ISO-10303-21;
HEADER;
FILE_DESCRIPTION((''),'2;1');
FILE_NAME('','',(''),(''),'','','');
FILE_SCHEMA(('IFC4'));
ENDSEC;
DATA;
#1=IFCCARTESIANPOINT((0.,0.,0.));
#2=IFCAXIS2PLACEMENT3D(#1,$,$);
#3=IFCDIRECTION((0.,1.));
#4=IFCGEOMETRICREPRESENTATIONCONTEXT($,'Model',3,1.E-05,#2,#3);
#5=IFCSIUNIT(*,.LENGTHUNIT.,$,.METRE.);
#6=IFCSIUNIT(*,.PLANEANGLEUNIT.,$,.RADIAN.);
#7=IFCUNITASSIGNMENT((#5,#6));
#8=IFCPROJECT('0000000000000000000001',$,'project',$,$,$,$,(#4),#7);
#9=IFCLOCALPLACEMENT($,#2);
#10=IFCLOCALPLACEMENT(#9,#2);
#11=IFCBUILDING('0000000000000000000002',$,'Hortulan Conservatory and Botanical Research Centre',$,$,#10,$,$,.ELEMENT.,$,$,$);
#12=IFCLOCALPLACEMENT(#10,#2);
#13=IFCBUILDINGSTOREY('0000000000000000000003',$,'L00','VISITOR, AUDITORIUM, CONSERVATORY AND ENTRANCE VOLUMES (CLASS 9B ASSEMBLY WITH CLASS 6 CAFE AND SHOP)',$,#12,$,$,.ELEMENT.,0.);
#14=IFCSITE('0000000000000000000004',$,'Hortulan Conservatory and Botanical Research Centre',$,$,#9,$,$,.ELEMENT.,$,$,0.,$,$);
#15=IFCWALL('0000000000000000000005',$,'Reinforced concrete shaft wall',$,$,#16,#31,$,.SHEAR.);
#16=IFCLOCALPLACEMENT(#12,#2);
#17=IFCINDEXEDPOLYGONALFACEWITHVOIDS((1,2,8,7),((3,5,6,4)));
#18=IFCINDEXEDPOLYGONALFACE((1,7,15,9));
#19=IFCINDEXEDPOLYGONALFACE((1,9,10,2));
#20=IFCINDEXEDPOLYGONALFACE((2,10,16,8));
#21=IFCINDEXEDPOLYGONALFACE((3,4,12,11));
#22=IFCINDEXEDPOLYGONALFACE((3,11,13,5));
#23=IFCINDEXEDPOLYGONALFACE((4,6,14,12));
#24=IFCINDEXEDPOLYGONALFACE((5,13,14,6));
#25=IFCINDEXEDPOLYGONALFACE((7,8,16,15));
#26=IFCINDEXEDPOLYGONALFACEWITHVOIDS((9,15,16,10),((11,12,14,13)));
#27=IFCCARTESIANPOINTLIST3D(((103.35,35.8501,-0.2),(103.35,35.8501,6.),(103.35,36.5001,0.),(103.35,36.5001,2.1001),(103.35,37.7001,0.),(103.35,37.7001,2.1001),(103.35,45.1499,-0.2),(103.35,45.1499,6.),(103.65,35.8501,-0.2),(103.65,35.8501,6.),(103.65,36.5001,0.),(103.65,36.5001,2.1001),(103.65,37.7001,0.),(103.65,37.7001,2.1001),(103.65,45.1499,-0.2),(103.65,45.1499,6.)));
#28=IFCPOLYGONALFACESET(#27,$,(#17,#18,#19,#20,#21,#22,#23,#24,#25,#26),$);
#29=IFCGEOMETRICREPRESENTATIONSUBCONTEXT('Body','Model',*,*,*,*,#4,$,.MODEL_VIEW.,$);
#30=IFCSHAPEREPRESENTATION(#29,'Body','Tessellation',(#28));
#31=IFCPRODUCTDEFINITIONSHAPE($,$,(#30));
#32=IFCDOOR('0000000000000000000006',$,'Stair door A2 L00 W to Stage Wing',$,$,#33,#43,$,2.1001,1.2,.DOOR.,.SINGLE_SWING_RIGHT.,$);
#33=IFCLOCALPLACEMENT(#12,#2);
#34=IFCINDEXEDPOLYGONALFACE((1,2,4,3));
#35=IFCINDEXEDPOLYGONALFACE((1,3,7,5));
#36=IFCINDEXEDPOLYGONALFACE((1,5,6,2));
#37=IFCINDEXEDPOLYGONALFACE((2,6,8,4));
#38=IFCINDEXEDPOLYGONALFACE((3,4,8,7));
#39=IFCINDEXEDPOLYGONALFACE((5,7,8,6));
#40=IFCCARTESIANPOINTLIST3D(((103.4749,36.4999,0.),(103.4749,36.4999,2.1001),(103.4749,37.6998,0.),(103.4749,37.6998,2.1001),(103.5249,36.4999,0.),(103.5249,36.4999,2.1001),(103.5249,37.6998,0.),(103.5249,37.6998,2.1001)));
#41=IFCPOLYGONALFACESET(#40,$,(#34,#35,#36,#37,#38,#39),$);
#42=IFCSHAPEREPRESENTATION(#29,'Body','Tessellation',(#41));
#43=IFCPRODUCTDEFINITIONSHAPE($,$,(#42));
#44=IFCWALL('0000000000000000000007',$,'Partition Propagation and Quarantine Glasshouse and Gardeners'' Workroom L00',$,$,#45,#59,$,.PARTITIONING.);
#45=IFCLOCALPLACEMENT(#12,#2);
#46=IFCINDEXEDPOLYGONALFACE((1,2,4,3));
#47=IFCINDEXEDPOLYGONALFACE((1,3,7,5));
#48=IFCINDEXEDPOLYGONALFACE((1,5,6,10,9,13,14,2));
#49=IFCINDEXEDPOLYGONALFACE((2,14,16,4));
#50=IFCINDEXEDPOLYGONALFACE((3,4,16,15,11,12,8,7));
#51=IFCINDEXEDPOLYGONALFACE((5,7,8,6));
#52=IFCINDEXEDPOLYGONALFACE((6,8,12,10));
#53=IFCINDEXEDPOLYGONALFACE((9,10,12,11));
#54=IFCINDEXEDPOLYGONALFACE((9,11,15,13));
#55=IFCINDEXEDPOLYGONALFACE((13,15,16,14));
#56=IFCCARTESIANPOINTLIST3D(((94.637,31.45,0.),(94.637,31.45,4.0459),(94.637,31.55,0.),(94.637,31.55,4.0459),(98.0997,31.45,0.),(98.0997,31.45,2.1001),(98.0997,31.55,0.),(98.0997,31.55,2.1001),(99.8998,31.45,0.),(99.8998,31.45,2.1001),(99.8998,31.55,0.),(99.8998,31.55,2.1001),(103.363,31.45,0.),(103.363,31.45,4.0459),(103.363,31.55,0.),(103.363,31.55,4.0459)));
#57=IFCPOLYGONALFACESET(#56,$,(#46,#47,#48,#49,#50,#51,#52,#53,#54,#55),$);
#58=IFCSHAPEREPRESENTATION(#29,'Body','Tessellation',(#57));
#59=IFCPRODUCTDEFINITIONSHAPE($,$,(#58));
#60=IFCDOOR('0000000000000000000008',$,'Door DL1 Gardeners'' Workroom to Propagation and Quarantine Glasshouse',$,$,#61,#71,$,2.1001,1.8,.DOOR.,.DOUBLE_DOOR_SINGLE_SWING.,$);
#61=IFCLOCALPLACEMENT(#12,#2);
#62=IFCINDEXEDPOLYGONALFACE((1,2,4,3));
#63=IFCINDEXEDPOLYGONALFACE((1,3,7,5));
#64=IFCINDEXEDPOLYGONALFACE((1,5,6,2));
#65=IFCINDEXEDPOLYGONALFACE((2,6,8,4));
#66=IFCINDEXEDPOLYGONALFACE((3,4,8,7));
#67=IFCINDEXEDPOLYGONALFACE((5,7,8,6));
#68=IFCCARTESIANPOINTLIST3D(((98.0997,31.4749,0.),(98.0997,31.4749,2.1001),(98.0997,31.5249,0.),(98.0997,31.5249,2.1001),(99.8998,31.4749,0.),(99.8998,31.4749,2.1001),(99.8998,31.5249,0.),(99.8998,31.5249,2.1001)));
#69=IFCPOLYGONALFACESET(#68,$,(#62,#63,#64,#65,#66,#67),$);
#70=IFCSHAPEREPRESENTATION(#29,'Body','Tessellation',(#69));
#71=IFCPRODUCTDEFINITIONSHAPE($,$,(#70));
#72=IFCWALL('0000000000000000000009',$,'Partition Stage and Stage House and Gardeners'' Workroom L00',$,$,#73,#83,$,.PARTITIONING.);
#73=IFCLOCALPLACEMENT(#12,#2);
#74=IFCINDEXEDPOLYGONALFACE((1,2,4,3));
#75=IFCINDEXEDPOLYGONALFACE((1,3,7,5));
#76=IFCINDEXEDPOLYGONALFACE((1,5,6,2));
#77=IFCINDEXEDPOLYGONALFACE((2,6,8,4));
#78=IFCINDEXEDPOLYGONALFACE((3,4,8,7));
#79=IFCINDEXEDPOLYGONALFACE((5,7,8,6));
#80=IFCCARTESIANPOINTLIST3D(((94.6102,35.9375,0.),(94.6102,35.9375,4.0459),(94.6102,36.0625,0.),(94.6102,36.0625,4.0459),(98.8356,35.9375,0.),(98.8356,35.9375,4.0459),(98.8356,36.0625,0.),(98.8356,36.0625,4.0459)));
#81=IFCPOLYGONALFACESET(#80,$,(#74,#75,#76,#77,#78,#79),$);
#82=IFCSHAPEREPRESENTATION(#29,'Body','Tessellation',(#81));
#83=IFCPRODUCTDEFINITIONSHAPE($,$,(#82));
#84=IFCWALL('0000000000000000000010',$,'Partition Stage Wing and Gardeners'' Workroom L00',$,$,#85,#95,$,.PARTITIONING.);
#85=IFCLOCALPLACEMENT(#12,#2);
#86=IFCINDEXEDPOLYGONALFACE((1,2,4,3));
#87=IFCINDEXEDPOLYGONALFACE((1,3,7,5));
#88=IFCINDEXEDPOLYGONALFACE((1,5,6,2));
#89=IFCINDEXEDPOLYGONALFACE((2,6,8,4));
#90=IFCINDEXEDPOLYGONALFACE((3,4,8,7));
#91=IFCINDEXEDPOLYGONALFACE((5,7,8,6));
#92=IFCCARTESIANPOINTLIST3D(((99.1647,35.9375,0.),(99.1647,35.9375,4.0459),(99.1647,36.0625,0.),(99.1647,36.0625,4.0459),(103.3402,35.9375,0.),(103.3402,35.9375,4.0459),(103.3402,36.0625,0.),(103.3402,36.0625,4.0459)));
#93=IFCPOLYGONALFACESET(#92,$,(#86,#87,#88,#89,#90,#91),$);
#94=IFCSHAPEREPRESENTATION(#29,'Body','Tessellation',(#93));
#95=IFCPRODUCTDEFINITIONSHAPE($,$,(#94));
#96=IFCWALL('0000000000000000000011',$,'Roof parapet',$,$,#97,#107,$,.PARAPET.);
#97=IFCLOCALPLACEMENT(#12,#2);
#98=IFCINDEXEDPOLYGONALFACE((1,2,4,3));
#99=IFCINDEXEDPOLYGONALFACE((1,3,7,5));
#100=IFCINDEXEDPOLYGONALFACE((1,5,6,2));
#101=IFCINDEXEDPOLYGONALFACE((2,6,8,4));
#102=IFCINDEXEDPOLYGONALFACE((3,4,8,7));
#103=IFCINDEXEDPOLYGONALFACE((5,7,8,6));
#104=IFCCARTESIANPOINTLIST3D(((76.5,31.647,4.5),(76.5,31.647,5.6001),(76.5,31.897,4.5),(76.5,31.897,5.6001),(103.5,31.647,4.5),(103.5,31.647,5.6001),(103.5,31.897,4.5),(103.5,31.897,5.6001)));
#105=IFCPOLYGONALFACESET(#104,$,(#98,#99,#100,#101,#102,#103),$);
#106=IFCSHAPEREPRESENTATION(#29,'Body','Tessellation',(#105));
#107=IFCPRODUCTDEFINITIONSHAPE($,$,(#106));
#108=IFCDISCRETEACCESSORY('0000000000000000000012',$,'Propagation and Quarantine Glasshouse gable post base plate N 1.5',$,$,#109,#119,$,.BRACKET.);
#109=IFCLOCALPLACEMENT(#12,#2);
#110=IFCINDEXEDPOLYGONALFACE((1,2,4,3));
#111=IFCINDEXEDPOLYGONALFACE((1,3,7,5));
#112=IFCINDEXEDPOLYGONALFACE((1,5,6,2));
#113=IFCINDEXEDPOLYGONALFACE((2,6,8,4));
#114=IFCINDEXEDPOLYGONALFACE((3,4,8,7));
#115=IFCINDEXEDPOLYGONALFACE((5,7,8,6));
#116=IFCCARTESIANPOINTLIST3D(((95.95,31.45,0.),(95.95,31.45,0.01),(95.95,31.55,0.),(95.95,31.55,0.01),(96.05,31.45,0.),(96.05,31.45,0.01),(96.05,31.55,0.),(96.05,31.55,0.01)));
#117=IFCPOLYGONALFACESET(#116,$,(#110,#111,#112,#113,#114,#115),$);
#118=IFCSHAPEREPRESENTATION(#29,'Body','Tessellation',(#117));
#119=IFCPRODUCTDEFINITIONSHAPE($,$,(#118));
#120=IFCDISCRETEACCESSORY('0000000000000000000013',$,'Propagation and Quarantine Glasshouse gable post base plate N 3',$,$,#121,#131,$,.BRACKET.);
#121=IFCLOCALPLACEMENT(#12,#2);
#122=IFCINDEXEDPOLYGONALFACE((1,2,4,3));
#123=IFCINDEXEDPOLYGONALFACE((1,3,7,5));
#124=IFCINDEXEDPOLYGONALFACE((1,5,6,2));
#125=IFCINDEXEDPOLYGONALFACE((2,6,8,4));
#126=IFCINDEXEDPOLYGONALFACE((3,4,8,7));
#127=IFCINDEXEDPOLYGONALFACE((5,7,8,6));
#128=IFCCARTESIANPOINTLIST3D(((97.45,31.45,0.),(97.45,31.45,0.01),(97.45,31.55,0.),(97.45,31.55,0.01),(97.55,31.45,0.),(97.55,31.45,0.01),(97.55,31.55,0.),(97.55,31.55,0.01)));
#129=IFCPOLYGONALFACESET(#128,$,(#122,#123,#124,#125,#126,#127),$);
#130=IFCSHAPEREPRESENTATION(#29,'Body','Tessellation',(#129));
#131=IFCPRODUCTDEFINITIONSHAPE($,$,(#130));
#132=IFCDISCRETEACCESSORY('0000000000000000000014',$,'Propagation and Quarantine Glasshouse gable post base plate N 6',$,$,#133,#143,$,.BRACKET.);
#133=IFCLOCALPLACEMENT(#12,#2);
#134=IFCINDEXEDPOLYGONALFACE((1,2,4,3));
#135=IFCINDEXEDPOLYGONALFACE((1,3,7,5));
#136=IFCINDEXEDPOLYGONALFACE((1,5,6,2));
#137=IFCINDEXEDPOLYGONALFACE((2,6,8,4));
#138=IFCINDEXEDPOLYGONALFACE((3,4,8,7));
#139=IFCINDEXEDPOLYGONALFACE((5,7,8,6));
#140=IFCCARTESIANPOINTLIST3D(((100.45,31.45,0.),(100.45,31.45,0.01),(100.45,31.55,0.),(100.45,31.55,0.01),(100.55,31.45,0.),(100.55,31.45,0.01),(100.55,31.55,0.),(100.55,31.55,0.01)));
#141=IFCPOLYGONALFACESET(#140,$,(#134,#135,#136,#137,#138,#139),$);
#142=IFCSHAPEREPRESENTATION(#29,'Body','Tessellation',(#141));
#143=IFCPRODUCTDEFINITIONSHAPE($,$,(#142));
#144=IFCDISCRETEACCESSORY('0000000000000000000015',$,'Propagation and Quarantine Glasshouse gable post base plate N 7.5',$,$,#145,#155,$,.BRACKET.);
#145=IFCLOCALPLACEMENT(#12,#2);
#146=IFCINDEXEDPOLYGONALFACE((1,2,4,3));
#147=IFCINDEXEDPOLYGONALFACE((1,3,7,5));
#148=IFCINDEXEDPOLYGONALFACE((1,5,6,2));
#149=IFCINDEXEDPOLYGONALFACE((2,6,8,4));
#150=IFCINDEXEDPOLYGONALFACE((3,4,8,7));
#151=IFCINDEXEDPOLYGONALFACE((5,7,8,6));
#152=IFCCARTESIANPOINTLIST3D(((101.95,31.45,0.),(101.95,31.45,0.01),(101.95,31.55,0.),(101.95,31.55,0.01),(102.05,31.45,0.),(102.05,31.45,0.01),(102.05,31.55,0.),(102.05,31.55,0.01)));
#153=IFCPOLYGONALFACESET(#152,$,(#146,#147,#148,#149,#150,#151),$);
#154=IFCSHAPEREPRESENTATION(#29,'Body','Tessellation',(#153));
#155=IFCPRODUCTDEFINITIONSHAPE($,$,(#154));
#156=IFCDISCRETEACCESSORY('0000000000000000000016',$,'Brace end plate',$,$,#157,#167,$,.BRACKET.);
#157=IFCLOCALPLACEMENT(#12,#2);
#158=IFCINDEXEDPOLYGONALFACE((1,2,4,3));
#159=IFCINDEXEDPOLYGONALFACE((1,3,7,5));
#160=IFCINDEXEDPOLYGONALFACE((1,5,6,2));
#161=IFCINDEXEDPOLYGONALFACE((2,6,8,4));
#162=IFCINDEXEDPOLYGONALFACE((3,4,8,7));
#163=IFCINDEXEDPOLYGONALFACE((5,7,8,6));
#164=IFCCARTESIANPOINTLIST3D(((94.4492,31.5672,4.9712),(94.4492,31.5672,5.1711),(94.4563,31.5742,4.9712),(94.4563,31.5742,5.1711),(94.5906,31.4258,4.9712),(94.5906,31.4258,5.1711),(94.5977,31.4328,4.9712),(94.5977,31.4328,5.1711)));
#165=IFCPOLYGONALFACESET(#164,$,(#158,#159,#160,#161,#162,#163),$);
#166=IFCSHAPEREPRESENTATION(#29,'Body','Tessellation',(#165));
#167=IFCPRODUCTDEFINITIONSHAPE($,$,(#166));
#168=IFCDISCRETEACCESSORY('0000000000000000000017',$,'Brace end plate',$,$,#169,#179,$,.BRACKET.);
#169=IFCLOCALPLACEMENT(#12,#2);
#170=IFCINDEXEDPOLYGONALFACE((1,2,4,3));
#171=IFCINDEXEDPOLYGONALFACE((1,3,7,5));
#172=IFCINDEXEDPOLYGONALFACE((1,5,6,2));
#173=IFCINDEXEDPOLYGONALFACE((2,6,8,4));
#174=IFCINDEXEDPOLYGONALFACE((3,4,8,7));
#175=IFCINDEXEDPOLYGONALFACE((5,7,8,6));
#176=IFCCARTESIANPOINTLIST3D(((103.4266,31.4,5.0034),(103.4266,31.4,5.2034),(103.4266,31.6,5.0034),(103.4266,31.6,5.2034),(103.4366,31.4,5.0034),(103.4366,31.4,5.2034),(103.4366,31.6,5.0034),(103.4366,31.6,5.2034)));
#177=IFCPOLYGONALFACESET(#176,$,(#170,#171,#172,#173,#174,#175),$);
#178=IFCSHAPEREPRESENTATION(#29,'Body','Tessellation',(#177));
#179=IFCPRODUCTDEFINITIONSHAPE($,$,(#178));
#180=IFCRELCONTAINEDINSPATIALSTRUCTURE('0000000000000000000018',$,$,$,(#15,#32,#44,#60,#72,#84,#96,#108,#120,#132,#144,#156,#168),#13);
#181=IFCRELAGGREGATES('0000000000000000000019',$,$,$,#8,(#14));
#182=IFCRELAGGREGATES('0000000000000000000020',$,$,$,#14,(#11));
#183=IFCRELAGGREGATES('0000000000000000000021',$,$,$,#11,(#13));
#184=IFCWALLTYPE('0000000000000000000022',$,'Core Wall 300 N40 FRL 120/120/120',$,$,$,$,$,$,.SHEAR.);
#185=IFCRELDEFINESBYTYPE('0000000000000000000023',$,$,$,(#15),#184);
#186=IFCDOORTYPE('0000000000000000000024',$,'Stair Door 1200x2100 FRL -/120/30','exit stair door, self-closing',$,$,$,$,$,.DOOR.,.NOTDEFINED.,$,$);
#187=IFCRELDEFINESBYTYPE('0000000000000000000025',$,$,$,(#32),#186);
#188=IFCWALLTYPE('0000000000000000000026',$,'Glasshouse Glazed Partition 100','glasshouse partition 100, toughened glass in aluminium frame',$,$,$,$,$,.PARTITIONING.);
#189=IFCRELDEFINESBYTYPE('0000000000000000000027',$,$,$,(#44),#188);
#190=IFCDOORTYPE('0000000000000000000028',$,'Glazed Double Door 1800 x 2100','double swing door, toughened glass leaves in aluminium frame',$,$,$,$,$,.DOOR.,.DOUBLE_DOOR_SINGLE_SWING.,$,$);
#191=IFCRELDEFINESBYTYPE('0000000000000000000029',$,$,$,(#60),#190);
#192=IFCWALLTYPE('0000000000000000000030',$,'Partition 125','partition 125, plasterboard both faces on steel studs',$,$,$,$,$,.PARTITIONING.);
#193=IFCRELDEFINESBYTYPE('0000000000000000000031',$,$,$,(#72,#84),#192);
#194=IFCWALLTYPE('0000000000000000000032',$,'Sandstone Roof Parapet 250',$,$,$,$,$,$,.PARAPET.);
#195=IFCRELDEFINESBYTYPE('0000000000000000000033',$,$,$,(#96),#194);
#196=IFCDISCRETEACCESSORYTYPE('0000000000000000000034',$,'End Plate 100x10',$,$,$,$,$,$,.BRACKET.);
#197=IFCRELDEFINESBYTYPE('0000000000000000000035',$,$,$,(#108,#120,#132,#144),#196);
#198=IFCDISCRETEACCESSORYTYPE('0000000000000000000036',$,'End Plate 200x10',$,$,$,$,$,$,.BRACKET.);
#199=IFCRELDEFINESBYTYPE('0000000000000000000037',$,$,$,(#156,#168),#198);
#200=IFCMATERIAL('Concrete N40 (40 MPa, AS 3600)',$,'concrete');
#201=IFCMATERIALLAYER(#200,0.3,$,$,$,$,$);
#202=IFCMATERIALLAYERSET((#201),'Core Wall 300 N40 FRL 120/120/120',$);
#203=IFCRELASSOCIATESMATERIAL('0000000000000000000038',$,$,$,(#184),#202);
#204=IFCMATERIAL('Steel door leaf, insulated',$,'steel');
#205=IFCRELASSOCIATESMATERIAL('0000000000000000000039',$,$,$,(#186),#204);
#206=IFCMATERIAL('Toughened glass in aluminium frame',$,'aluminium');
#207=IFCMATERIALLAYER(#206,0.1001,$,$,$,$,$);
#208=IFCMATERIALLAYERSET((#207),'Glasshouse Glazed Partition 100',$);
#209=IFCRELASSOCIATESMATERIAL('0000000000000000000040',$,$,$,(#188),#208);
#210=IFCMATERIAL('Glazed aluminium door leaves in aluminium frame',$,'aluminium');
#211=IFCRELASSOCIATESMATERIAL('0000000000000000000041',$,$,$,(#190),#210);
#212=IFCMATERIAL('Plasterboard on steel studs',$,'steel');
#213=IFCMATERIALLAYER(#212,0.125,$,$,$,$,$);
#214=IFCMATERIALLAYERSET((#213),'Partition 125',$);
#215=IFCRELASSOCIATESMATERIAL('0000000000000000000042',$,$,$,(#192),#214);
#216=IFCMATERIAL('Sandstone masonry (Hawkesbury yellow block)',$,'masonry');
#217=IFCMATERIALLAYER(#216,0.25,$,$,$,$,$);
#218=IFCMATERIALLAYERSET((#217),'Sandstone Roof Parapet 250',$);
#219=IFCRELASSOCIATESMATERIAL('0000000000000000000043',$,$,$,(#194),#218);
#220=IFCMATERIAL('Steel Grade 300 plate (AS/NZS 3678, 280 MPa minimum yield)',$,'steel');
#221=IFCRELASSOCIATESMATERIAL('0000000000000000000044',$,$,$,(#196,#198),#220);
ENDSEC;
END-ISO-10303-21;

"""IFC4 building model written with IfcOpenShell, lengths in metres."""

from ifc_helpers import new_model, si_unit, direction, frame, frame_2d, origin, origin_2d, place, context, subcontext, project, spatial, rectangle, extrude, material, layer, layer_set, type_object, element, fill, save


model = new_model("IFC4")

# Units and contexts
model_context = context("Model", 3, precision=1e-05, world=origin(), true_north=direction((0.0, 1.0)))
body_context = subcontext(model_context, "Body", "Model", "MODEL_VIEW")
ifc_project = project(units=[si_unit("LENGTHUNIT", "METRE"), si_unit("PLANEANGLEUNIT", "RADIAN")], contexts=[model_context])

# Site, building, storey
site_placement = place(None, origin())
site = spatial("IfcSite", under=ifc_project, at=site_placement, Name="Hortulan Conservatory and Botanical Research Centre", CompositionType="ELEMENT", RefElevation=0.0)
building_placement = place(site_placement, origin())
building = spatial("IfcBuilding", under=site, at=building_placement, Name="Hortulan Conservatory and Botanical Research Centre", CompositionType="ELEMENT")
storey_placement = place(building_placement, origin())
storey = spatial("IfcBuildingStorey", under=building, at=storey_placement, Name="L00", Description="VISITOR, AUDITORIUM, CONSERVATORY AND ENTRANCE VOLUMES (CLASS 9B ASSEMBLY WITH CLASS 6 CAFE AND SHOP)", CompositionType="ELEMENT", Elevation=0.0)

# Shared definitions
ifc_material_1 = material(Name="Concrete N40 (40 MPa, AS 3600)", Category="concrete")

# Walls, openings, doors
ifc_layer_1 = layer(ifc_material_1, 0.3)
ifc_layer_set_1 = layer_set([ifc_layer_1], Name="Core Wall 300 N40 FRL 120/120/120")
wall_type_1 = type_object("IfcWallType", Name="Core Wall 300 N40 FRL 120/120/120", PredefinedType="SHEAR", material=ifc_layer_set_1)
wall_1_placement = place(storey_placement, frame((103.5, 35.8501, -0.2), z_axis=(0.0, 0.0, 1.0), x_axis=(0.0, 1.0, 0.0)))
wall_1 = element("IfcWall", 1, at=wall_1_placement, inside=storey, type_object=wall_type_1, Name="Reinforced concrete shaft wall", PredefinedType="SHEAR", context=body_context, shape_type="SweptSolid", body=[
    extrude(rectangle(XDim=9.2998, YDim=0.3, at=frame_2d((4.6499, 0.0))), origin(), (0.0, 0.0, 1.0), 6.2),
])
opening_1_placement = place(wall_1_placement, frame((0.6499, 0.0, 0.2)))
opening_1 = element("IfcOpeningElement", 2, at=opening_1_placement, cuts=wall_1, PredefinedType="OPENING", context=body_context, shape_type="SweptSolid", body=[
    extrude(rectangle(XDim=1.2, YDim=2.1001, at=frame_2d((0.6001, 1.05))), frame((0.0, 0.1599, 0.0), z_axis=(0.0, -1.0, 0.0), x_axis=(1.0, 0.0, 0.0)), (0.0, 0.0, 1.0), 0.3201),
])
ifc_material_2 = material(Name="Steel door leaf, insulated", Category="steel")
door_type_1 = type_object("IfcDoorType", Name="Stair Door 1200x2100 FRL -/120/30", Description="exit stair door, self-closing", OperationType="NOTDEFINED", PredefinedType="DOOR", material=ifc_material_2)
door_1_placement = place(opening_1_placement, frame((1.2, 0.0, 0.0), z_axis=(0.0, 0.0, 1.0), x_axis=(-1.0, 0.0, 0.0)))
door_1 = element("IfcDoor", 3, at=door_1_placement, inside=storey, type_object=door_type_1, Name="Stair door A2 L00 W to Stage Wing", OperationType="SINGLE_SWING_RIGHT", OverallHeight=2.1001, OverallWidth=1.2, PredefinedType="DOOR", context=body_context, shape_type="SweptSolid", body=[
    extrude(rectangle(XDim=1.2, YDim=2.1001, at=frame_2d((0.6001, 1.05))), frame((0.0, 0.0249, 0.0), z_axis=(0.0, -1.0, 0.0), x_axis=(1.0, 0.0, 0.0)), (0.0, 0.0, 1.0), 0.05),
])
fill(opening_1, door_1)
ifc_material_3 = material(Name="Toughened glass in aluminium frame", Category="aluminium")
ifc_layer_2 = layer(ifc_material_3, 0.1001)
ifc_layer_set_2 = layer_set([ifc_layer_2], Name="Glasshouse Glazed Partition 100")
wall_type_2 = type_object("IfcWallType", Name="Glasshouse Glazed Partition 100", Description="glasshouse partition 100, toughened glass in aluminium frame", PredefinedType="PARTITIONING", material=ifc_layer_set_2)
wall_2_placement = place(storey_placement, frame((94.637, 31.5, 0.0), z_axis=(0.0, 0.0, 1.0), x_axis=(1.0, 0.0, 0.0)))
wall_2 = element("IfcWall", 4, at=wall_2_placement, inside=storey, type_object=wall_type_2, Name="Partition Propagation and Quarantine Glasshouse and Gardeners' Workroom L00", PredefinedType="PARTITIONING", context=body_context, shape_type="SweptSolid", body=[
    extrude(rectangle(XDim=8.7261, YDim=0.1001, at=frame_2d((4.363, 0.0))), origin(), (0.0, 0.0, 1.0), 4.0459),
])
opening_2_placement = place(wall_2_placement, frame((3.4629, 0.0, 0.0)))
opening_2 = element("IfcOpeningElement", 5, at=opening_2_placement, cuts=wall_2, PredefinedType="OPENING", context=body_context, shape_type="SweptSolid", body=[
    extrude(rectangle(XDim=1.8, YDim=2.1001, at=frame_2d((0.8999, 1.05))), frame((0.0, 0.0601, 0.0), z_axis=(0.0, -1.0, 0.0), x_axis=(1.0, 0.0, 0.0)), (0.0, 0.0, 1.0), 0.1201),
])
ifc_material_4 = material(Name="Glazed aluminium door leaves in aluminium frame", Category="aluminium")
door_type_2 = type_object("IfcDoorType", Name="Glazed Double Door 1800 x 2100", Description="double swing door, toughened glass leaves in aluminium frame", OperationType="DOUBLE_DOOR_SINGLE_SWING", PredefinedType="DOOR", material=ifc_material_4)
door_2_placement = place(opening_2_placement, origin())
door_2 = element("IfcDoor", 6, at=door_2_placement, inside=storey, type_object=door_type_2, Name="Door DL1 Gardeners' Workroom to Propagation and Quarantine Glasshouse", OperationType="DOUBLE_DOOR_SINGLE_SWING", OverallHeight=2.1001, OverallWidth=1.8, PredefinedType="DOOR", context=body_context, shape_type="SweptSolid", body=[
    extrude(rectangle(XDim=1.8, YDim=2.1001, at=frame_2d((0.8999, 1.05))), frame((0.0, 0.0249, 0.0), z_axis=(0.0, -1.0, 0.0), x_axis=(1.0, 0.0, 0.0)), (0.0, 0.0, 1.0), 0.05),
])
fill(opening_2, door_2)

# Walls
ifc_material_5 = material(Name="Plasterboard on steel studs", Category="steel")
ifc_layer_3 = layer(ifc_material_5, 0.125)
ifc_layer_set_3 = layer_set([ifc_layer_3], Name="Partition 125")
wall_type_3 = type_object("IfcWallType", Name="Partition 125", Description="partition 125, plasterboard both faces on steel studs", PredefinedType="PARTITIONING", material=ifc_layer_set_3)
wall_3_placement = place(storey_placement, frame((94.6101, 36.0, 0.0), z_axis=(0.0, 0.0, 1.0), x_axis=(1.0, 0.0, 0.0)))
element("IfcWall", 7, at=wall_3_placement, inside=storey, type_object=wall_type_3, Name="Partition Stage and Stage House and Gardeners' Workroom L00", PredefinedType="PARTITIONING", context=body_context, shape_type="SweptSolid", body=[
    extrude(rectangle(XDim=4.2253, YDim=0.125, at=frame_2d((2.1128, 0.0))), origin(), (0.0, 0.0, 1.0), 4.0459),
])
wall_4_placement = place(storey_placement, frame((99.1646, 36.0, 0.0), z_axis=(0.0, 0.0, 1.0), x_axis=(1.0, 0.0, 0.0)))
element("IfcWall", 8, at=wall_4_placement, inside=storey, type_object=wall_type_3, Name="Partition Stage Wing and Gardeners' Workroom L00", PredefinedType="PARTITIONING", context=body_context, shape_type="SweptSolid", body=[
    extrude(rectangle(XDim=4.1755, YDim=0.125, at=frame_2d((2.0879, 0.0))), origin(), (0.0, 0.0, 1.0), 4.0459),
])
ifc_material_6 = material(Name="Sandstone masonry (Hawkesbury yellow block)", Category="masonry")
ifc_layer_4 = layer(ifc_material_6, 0.25)
ifc_layer_set_4 = layer_set([ifc_layer_4], Name="Sandstone Roof Parapet 250")
wall_type_4 = type_object("IfcWallType", Name="Sandstone Roof Parapet 250", PredefinedType="PARAPET", material=ifc_layer_set_4)
wall_5_placement = place(storey_placement, frame((103.5, 31.772, 4.5), z_axis=(0.0, 0.0, 1.0), x_axis=(-1.0, 0.0, 0.0)))
element("IfcWall", 9, at=wall_5_placement, inside=storey, type_object=wall_type_4, Name="Roof parapet", PredefinedType="PARAPET", context=body_context, shape_type="SweptSolid", body=[
    extrude(rectangle(XDim=27.0, YDim=0.25, at=frame_2d((13.5, 0.0))), origin(), (0.0, 0.0, 1.0), 1.1001),
])

# Discrete accessories
ifc_material_7 = material(Name="Steel Grade 300 plate (AS/NZS 3678, 280 MPa minimum yield)", Category="steel")
discrete_accessory_type_1 = type_object("IfcDiscreteAccessoryType", Name="End Plate 100x10", PredefinedType="BRACKET", material=ifc_material_7)
for number, where, z_axis, x_axis, name in (
    (10, (96.0, 31.5, 0.0), (0.0, 0.0, 1.0), (1.0, 0.0, 0.0), "Propagation and Quarantine Glasshouse gable post base plate N 1.5"),
    (11, (97.5, 31.5, 0.0), (0.0, 0.0, 1.0), (1.0, 0.0, 0.0), "Propagation and Quarantine Glasshouse gable post base plate N 3"),
    (12, (100.5, 31.5, 0.0), (0.0, 0.0, 1.0), (1.0, 0.0, 0.0), "Propagation and Quarantine Glasshouse gable post base plate N 6"),
    (13, (102.0, 31.5, 0.0), (0.0, 0.0, 1.0), (1.0, 0.0, 0.0), "Propagation and Quarantine Glasshouse gable post base plate N 7.5"),
):
    element("IfcDiscreteAccessory", number, at=place(storey_placement, frame(where, z_axis=z_axis, x_axis=x_axis)), inside=storey, type_object=discrete_accessory_type_1, Name=name, PredefinedType="BRACKET", context=body_context, shape_type="SweptSolid", body=[
        extrude(rectangle(XDim=0.1001, YDim=0.1001, at=origin_2d()), origin(), (0.0, 0.0, 1.0), 0.01),
    ])
discrete_accessory_type_2 = type_object("IfcDiscreteAccessoryType", Name="End Plate 200x10", PredefinedType="BRACKET", material=ifc_material_7)
for number, where, z_axis, x_axis, name in (
    (14, (94.5234, 31.5, 4.9712), (0.0, 0.0, 1.0), (0.707107, -0.707107, 0.0), "Brace end plate"),
    (15, (103.4316, 31.5, 5.0034), (0.0, 0.0, 1.0), (0.0, -1.0, 0.0), "Brace end plate"),
):
    element("IfcDiscreteAccessory", number, at=place(storey_placement, frame(where, z_axis=z_axis, x_axis=x_axis)), inside=storey, type_object=discrete_accessory_type_2, Name=name, PredefinedType="BRACKET", context=body_context, shape_type="SweptSolid", body=[
        extrude(rectangle(XDim=0.2, YDim=0.01, at=origin_2d()), origin(), (0.0, 0.0, 1.0), 0.2),
    ])

save(model, "model.ifc")
